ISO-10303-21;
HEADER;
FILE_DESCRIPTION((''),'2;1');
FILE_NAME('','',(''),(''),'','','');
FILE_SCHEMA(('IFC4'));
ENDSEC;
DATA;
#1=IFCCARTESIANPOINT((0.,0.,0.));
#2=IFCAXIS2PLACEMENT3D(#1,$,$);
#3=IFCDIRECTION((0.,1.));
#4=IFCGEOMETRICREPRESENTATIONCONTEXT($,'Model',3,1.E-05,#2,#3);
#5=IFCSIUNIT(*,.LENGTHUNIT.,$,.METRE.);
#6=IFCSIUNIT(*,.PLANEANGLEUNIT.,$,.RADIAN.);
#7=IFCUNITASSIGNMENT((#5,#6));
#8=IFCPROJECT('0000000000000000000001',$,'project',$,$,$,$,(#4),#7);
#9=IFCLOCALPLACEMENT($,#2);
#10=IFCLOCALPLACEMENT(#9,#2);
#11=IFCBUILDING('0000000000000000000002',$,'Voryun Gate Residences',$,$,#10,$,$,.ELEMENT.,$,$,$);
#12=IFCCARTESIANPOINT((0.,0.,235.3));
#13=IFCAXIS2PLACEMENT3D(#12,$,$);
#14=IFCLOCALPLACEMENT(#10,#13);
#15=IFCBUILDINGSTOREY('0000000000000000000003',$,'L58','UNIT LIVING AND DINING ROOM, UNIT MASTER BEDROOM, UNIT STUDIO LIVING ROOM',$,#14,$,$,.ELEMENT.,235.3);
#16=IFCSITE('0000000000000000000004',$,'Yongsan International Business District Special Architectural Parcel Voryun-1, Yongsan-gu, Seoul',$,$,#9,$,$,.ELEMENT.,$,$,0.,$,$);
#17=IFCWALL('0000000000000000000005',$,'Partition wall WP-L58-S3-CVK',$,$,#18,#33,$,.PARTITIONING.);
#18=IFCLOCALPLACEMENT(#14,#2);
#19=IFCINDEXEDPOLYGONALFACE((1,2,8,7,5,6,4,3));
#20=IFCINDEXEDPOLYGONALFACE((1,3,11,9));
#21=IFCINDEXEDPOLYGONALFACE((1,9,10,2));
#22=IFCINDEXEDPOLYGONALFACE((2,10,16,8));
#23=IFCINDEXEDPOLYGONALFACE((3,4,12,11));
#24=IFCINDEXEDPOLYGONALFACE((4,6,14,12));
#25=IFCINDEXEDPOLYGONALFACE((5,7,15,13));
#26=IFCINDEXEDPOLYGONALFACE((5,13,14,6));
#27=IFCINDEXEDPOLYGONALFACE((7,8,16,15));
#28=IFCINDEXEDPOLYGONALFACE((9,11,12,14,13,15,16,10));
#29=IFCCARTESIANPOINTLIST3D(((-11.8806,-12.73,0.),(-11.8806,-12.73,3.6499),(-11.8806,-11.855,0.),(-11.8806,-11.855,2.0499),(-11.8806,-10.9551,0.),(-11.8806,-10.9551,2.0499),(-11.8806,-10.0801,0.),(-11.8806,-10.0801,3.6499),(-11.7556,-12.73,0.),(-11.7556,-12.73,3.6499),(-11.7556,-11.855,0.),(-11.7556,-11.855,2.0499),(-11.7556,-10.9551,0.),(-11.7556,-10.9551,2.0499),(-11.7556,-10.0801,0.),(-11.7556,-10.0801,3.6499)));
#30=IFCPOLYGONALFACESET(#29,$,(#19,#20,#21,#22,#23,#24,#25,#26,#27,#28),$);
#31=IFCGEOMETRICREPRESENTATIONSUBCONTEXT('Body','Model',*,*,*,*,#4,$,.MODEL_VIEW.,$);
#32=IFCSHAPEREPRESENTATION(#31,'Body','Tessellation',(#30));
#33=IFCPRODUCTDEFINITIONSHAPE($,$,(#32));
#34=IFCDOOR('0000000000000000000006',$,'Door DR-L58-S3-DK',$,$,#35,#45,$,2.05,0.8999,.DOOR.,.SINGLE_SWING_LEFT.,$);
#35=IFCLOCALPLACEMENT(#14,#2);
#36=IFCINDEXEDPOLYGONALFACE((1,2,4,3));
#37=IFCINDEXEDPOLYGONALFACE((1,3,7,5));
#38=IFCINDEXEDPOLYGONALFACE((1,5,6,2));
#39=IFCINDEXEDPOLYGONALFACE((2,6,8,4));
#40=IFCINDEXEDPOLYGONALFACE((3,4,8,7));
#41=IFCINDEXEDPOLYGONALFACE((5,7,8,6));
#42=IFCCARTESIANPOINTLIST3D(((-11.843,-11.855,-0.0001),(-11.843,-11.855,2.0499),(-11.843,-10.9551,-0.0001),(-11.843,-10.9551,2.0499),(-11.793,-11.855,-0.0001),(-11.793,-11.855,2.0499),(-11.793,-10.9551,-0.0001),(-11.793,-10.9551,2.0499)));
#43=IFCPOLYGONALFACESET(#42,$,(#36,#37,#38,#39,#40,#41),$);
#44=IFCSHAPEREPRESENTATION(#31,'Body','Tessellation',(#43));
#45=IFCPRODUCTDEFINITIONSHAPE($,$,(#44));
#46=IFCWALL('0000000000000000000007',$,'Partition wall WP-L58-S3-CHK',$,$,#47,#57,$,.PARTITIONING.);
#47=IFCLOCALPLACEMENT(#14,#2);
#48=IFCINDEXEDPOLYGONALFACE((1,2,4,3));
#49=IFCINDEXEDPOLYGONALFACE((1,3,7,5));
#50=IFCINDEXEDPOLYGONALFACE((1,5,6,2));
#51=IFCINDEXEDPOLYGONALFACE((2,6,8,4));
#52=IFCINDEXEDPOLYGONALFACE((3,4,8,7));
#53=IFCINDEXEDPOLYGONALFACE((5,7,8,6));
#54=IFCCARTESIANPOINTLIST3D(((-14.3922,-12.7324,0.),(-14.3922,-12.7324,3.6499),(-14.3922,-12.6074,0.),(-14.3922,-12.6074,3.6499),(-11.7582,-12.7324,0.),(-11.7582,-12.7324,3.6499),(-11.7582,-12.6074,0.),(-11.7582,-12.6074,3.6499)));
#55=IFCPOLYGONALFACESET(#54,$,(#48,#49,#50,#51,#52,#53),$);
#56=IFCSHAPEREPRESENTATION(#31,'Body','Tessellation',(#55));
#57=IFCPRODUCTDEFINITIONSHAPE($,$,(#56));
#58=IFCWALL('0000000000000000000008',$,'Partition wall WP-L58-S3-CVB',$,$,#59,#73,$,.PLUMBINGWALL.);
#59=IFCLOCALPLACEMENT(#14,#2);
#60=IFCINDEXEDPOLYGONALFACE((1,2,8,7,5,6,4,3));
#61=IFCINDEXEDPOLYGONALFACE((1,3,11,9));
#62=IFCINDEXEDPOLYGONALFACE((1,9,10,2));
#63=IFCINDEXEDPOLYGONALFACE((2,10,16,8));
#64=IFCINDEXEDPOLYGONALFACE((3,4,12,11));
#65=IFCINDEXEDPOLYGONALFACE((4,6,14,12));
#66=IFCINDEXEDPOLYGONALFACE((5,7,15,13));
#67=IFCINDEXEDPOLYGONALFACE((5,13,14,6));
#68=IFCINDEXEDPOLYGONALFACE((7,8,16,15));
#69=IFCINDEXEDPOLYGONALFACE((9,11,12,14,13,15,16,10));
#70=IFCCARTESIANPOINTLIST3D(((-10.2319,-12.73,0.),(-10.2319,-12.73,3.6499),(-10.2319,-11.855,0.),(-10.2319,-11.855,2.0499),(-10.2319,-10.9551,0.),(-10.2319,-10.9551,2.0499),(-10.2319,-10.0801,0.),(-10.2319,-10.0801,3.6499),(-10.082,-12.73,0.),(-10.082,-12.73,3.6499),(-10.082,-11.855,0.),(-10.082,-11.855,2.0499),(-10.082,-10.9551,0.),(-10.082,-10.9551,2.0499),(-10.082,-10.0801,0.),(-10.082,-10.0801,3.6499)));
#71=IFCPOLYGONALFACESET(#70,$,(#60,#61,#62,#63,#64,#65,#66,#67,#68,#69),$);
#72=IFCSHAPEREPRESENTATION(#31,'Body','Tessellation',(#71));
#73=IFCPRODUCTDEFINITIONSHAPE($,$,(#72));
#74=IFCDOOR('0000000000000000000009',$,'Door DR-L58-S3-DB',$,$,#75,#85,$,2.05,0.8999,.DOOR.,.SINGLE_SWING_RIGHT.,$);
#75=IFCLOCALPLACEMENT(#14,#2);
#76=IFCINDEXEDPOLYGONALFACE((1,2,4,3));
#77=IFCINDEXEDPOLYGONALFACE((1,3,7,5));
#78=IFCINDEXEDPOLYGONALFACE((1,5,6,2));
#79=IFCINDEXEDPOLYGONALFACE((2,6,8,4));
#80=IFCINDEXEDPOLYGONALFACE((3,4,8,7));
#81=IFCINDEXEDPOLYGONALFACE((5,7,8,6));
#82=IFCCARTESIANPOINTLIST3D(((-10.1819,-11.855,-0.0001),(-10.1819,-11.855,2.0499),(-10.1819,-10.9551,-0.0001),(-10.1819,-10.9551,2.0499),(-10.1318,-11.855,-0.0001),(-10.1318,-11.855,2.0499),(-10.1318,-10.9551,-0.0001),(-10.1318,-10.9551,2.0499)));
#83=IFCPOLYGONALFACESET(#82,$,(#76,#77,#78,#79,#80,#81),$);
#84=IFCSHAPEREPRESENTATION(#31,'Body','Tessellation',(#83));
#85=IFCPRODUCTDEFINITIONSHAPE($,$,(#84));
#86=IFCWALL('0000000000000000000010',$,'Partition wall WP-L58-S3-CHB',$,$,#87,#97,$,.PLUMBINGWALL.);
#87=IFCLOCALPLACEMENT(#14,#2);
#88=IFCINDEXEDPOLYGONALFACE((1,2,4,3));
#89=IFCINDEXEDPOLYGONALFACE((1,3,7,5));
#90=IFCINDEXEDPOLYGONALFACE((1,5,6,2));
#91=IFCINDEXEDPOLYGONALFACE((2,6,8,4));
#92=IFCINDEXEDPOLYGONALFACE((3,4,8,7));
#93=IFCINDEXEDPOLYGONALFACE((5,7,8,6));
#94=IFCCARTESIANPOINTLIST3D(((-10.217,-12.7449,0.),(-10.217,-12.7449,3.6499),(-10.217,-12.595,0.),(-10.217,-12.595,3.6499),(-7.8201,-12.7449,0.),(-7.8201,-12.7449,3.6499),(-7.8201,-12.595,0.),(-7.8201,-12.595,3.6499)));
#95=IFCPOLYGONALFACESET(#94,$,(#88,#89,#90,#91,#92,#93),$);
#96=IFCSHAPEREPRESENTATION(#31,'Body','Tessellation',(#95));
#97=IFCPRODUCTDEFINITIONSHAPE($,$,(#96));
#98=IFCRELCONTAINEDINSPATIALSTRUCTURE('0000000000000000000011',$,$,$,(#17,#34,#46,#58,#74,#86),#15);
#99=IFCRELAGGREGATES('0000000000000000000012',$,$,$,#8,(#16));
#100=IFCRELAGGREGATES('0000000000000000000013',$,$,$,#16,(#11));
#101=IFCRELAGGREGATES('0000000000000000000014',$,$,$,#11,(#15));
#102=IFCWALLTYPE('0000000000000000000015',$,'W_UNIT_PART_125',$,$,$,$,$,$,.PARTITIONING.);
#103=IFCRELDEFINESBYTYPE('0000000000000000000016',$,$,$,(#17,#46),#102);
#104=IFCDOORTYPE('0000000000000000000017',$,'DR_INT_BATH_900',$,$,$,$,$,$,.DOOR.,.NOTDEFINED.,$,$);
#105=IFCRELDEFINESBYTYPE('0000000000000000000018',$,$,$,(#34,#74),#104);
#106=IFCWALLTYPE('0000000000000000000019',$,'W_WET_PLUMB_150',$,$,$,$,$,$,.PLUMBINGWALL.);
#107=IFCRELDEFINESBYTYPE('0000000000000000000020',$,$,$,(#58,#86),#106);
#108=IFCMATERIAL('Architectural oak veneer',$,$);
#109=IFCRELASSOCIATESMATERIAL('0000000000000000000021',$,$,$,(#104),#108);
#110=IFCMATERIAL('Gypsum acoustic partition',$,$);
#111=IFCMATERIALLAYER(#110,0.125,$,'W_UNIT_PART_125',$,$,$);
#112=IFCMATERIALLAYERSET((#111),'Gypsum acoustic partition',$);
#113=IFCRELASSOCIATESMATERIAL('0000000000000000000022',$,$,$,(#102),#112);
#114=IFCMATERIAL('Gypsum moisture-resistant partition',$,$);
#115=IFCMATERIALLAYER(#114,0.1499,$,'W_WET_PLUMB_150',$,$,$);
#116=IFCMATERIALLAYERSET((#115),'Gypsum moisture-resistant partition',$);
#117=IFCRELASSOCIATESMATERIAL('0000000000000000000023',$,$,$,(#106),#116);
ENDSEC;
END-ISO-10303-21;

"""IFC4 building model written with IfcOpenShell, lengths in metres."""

from ifc_helpers import new_model, si_unit, direction, frame, frame_2d, origin, place, context, subcontext, project, spatial, rectangle, extrude, material, layer, layer_set, type_object, element, fill, save


model = new_model("IFC4")

# Units and contexts
model_context = context("Model", 3, precision=1e-05, world=origin(), true_north=direction((0.0, 1.0)))
body_context = subcontext(model_context, "Body", "Model", "MODEL_VIEW")
ifc_project = project(units=[si_unit("LENGTHUNIT", "METRE"), si_unit("PLANEANGLEUNIT", "RADIAN")], contexts=[model_context])

# Site, building, storey
site_placement = place(None, origin())
site = spatial("IfcSite", under=ifc_project, at=site_placement, Name="Yongsan International Business District Special Architectural Parcel Voryun-1, Yongsan-gu, Seoul", CompositionType="ELEMENT", RefElevation=0.0)
building_placement = place(site_placement, origin())
building = spatial("IfcBuilding", under=site, at=building_placement, Name="Voryun Gate Residences", CompositionType="ELEMENT")
storey_placement = place(building_placement, frame((0.0, 0.0, 235.3)))
storey = spatial("IfcBuildingStorey", under=building, at=storey_placement, Name="L58", Description="UNIT LIVING AND DINING ROOM, UNIT MASTER BEDROOM, UNIT STUDIO LIVING ROOM", CompositionType="ELEMENT", Elevation=235.3)

# Shared definitions
ifc_material_1 = material(Name="Architectural oak veneer")
door_type_1 = type_object("IfcDoorType", Name="DR_INT_BATH_900", OperationType="NOTDEFINED", PredefinedType="DOOR", material=ifc_material_1)

# Wall, opening, door
ifc_material_2 = material(Name="Gypsum acoustic partition")
ifc_layer_1 = layer(ifc_material_2, 0.125, Name="W_UNIT_PART_125")
ifc_layer_set_1 = layer_set([ifc_layer_1], Name="Gypsum acoustic partition")
wall_type_1 = type_object("IfcWallType", Name="W_UNIT_PART_125", PredefinedType="PARTITIONING", material=ifc_layer_set_1)
wall_1_placement = place(storey_placement, frame((-11.8181, -12.73, 0.0), z_axis=(0.0, 0.0, 1.0), x_axis=(0.0, 1.0, 0.0)))
wall_1 = element("IfcWall", 1, at=wall_1_placement, inside=storey, type_object=wall_type_1, Name="Partition wall WP-L58-S3-CVK", PredefinedType="PARTITIONING", context=body_context, shape_type="SweptSolid", body=[
    extrude(rectangle(XDim=2.6499, YDim=0.125, at=frame_2d((1.325, 0.0))), origin(), (0.0, 0.0, 1.0), 3.6499),
])
opening_1_placement = place(wall_1_placement, frame((0.875, 0.0, 0.0)))
opening_1 = element("IfcOpeningElement", 2, at=opening_1_placement, cuts=wall_1, PredefinedType="OPENING", context=body_context, shape_type="SweptSolid", body=[
    extrude(rectangle(XDim=0.8999, YDim=2.05, at=frame_2d((0.45, 1.0249))), frame((0.0, 0.0725, 0.0), z_axis=(0.0, -1.0, 0.0), x_axis=(1.0, 0.0, 0.0)), (0.0, 0.0, 1.0), 0.145),
])
door_1_placement = place(opening_1_placement, origin())
door_1 = element("IfcDoor", 3, at=door_1_placement, inside=storey, type_object=door_type_1, Name="Door DR-L58-S3-DK", OperationType="SINGLE_SWING_LEFT", OverallHeight=2.05, OverallWidth=0.8999, PredefinedType="DOOR", context=body_context, shape_type="SweptSolid", body=[
    extrude(rectangle(XDim=0.8999, YDim=2.05, at=frame_2d((0.45, 1.0249))), frame((0.0, 0.0249, 0.0), z_axis=(0.0, -1.0, 0.0), x_axis=(1.0, 0.0, 0.0)), (0.0, 0.0, 1.0), 0.05),
])
fill(opening_1, door_1)

# Wall
wall_2_placement = place(storey_placement, frame((-14.3921, -12.6699, 0.0), z_axis=(0.0, 0.0, 1.0), x_axis=(1.0, 0.0, 0.0)))
element("IfcWall", 4, at=wall_2_placement, inside=storey, type_object=wall_type_1, Name="Partition wall WP-L58-S3-CHK", PredefinedType="PARTITIONING", context=body_context, shape_type="SweptSolid", body=[
    extrude(rectangle(XDim=2.634, YDim=0.125, at=frame_2d((1.3169, 0.0))), origin(), (0.0, 0.0, 1.0), 3.6499),
])

# Wall, opening, door
ifc_material_3 = material(Name="Gypsum moisture-resistant partition")
ifc_layer_2 = layer(ifc_material_3, 0.1499, Name="W_WET_PLUMB_150")
ifc_layer_set_2 = layer_set([ifc_layer_2], Name="Gypsum moisture-resistant partition")
wall_type_2 = type_object("IfcWallType", Name="W_WET_PLUMB_150", PredefinedType="PLUMBINGWALL", material=ifc_layer_set_2)
wall_3_placement = place(storey_placement, frame((-10.157, -12.73, 0.0), z_axis=(0.0, 0.0, 1.0), x_axis=(0.0, 1.0, 0.0)))
wall_3 = element("IfcWall", 5, at=wall_3_placement, inside=storey, type_object=wall_type_2, Name="Partition wall WP-L58-S3-CVB", PredefinedType="PLUMBINGWALL", context=body_context, shape_type="SweptSolid", body=[
    extrude(rectangle(XDim=2.6499, YDim=0.1499, at=frame_2d((1.325, 0.0))), origin(), (0.0, 0.0, 1.0), 3.6499),
])
opening_2_placement = place(wall_3_placement, frame((0.875, 0.0, 0.0)))
opening_2 = element("IfcOpeningElement", 6, at=opening_2_placement, cuts=wall_3, PredefinedType="OPENING", context=body_context, shape_type="SweptSolid", body=[
    extrude(rectangle(XDim=0.8999, YDim=2.05, at=frame_2d((0.45, 1.0249))), frame((0.0, 0.085, 0.0), z_axis=(0.0, -1.0, 0.0), x_axis=(1.0, 0.0, 0.0)), (0.0, 0.0, 1.0), 0.1699),
])
door_2_placement = place(opening_2_placement, origin())
door_2 = element("IfcDoor", 7, at=door_2_placement, inside=storey, type_object=door_type_1, Name="Door DR-L58-S3-DB", OperationType="SINGLE_SWING_RIGHT", OverallHeight=2.05, OverallWidth=0.8999, PredefinedType="DOOR", context=body_context, shape_type="SweptSolid", body=[
    extrude(rectangle(XDim=0.8999, YDim=2.05, at=frame_2d((0.45, 1.0249))), frame((0.0, 0.0249, 0.0), z_axis=(0.0, -1.0, 0.0), x_axis=(1.0, 0.0, 0.0)), (0.0, 0.0, 1.0), 0.05),
])
fill(opening_2, door_2)

# Wall
wall_4_placement = place(storey_placement, frame((-10.217, -12.6699, 0.0), z_axis=(0.0, 0.0, 1.0), x_axis=(1.0, 0.0, 0.0)))
element("IfcWall", 8, at=wall_4_placement, inside=storey, type_object=wall_type_2, Name="Partition wall WP-L58-S3-CHB", PredefinedType="PLUMBINGWALL", context=body_context, shape_type="SweptSolid", body=[
    extrude(rectangle(XDim=2.397, YDim=0.1499, at=frame_2d((1.1985, 0.0))), origin(), (0.0, 0.0, 1.0), 3.6499),
])

save(model, "model.ifc")
